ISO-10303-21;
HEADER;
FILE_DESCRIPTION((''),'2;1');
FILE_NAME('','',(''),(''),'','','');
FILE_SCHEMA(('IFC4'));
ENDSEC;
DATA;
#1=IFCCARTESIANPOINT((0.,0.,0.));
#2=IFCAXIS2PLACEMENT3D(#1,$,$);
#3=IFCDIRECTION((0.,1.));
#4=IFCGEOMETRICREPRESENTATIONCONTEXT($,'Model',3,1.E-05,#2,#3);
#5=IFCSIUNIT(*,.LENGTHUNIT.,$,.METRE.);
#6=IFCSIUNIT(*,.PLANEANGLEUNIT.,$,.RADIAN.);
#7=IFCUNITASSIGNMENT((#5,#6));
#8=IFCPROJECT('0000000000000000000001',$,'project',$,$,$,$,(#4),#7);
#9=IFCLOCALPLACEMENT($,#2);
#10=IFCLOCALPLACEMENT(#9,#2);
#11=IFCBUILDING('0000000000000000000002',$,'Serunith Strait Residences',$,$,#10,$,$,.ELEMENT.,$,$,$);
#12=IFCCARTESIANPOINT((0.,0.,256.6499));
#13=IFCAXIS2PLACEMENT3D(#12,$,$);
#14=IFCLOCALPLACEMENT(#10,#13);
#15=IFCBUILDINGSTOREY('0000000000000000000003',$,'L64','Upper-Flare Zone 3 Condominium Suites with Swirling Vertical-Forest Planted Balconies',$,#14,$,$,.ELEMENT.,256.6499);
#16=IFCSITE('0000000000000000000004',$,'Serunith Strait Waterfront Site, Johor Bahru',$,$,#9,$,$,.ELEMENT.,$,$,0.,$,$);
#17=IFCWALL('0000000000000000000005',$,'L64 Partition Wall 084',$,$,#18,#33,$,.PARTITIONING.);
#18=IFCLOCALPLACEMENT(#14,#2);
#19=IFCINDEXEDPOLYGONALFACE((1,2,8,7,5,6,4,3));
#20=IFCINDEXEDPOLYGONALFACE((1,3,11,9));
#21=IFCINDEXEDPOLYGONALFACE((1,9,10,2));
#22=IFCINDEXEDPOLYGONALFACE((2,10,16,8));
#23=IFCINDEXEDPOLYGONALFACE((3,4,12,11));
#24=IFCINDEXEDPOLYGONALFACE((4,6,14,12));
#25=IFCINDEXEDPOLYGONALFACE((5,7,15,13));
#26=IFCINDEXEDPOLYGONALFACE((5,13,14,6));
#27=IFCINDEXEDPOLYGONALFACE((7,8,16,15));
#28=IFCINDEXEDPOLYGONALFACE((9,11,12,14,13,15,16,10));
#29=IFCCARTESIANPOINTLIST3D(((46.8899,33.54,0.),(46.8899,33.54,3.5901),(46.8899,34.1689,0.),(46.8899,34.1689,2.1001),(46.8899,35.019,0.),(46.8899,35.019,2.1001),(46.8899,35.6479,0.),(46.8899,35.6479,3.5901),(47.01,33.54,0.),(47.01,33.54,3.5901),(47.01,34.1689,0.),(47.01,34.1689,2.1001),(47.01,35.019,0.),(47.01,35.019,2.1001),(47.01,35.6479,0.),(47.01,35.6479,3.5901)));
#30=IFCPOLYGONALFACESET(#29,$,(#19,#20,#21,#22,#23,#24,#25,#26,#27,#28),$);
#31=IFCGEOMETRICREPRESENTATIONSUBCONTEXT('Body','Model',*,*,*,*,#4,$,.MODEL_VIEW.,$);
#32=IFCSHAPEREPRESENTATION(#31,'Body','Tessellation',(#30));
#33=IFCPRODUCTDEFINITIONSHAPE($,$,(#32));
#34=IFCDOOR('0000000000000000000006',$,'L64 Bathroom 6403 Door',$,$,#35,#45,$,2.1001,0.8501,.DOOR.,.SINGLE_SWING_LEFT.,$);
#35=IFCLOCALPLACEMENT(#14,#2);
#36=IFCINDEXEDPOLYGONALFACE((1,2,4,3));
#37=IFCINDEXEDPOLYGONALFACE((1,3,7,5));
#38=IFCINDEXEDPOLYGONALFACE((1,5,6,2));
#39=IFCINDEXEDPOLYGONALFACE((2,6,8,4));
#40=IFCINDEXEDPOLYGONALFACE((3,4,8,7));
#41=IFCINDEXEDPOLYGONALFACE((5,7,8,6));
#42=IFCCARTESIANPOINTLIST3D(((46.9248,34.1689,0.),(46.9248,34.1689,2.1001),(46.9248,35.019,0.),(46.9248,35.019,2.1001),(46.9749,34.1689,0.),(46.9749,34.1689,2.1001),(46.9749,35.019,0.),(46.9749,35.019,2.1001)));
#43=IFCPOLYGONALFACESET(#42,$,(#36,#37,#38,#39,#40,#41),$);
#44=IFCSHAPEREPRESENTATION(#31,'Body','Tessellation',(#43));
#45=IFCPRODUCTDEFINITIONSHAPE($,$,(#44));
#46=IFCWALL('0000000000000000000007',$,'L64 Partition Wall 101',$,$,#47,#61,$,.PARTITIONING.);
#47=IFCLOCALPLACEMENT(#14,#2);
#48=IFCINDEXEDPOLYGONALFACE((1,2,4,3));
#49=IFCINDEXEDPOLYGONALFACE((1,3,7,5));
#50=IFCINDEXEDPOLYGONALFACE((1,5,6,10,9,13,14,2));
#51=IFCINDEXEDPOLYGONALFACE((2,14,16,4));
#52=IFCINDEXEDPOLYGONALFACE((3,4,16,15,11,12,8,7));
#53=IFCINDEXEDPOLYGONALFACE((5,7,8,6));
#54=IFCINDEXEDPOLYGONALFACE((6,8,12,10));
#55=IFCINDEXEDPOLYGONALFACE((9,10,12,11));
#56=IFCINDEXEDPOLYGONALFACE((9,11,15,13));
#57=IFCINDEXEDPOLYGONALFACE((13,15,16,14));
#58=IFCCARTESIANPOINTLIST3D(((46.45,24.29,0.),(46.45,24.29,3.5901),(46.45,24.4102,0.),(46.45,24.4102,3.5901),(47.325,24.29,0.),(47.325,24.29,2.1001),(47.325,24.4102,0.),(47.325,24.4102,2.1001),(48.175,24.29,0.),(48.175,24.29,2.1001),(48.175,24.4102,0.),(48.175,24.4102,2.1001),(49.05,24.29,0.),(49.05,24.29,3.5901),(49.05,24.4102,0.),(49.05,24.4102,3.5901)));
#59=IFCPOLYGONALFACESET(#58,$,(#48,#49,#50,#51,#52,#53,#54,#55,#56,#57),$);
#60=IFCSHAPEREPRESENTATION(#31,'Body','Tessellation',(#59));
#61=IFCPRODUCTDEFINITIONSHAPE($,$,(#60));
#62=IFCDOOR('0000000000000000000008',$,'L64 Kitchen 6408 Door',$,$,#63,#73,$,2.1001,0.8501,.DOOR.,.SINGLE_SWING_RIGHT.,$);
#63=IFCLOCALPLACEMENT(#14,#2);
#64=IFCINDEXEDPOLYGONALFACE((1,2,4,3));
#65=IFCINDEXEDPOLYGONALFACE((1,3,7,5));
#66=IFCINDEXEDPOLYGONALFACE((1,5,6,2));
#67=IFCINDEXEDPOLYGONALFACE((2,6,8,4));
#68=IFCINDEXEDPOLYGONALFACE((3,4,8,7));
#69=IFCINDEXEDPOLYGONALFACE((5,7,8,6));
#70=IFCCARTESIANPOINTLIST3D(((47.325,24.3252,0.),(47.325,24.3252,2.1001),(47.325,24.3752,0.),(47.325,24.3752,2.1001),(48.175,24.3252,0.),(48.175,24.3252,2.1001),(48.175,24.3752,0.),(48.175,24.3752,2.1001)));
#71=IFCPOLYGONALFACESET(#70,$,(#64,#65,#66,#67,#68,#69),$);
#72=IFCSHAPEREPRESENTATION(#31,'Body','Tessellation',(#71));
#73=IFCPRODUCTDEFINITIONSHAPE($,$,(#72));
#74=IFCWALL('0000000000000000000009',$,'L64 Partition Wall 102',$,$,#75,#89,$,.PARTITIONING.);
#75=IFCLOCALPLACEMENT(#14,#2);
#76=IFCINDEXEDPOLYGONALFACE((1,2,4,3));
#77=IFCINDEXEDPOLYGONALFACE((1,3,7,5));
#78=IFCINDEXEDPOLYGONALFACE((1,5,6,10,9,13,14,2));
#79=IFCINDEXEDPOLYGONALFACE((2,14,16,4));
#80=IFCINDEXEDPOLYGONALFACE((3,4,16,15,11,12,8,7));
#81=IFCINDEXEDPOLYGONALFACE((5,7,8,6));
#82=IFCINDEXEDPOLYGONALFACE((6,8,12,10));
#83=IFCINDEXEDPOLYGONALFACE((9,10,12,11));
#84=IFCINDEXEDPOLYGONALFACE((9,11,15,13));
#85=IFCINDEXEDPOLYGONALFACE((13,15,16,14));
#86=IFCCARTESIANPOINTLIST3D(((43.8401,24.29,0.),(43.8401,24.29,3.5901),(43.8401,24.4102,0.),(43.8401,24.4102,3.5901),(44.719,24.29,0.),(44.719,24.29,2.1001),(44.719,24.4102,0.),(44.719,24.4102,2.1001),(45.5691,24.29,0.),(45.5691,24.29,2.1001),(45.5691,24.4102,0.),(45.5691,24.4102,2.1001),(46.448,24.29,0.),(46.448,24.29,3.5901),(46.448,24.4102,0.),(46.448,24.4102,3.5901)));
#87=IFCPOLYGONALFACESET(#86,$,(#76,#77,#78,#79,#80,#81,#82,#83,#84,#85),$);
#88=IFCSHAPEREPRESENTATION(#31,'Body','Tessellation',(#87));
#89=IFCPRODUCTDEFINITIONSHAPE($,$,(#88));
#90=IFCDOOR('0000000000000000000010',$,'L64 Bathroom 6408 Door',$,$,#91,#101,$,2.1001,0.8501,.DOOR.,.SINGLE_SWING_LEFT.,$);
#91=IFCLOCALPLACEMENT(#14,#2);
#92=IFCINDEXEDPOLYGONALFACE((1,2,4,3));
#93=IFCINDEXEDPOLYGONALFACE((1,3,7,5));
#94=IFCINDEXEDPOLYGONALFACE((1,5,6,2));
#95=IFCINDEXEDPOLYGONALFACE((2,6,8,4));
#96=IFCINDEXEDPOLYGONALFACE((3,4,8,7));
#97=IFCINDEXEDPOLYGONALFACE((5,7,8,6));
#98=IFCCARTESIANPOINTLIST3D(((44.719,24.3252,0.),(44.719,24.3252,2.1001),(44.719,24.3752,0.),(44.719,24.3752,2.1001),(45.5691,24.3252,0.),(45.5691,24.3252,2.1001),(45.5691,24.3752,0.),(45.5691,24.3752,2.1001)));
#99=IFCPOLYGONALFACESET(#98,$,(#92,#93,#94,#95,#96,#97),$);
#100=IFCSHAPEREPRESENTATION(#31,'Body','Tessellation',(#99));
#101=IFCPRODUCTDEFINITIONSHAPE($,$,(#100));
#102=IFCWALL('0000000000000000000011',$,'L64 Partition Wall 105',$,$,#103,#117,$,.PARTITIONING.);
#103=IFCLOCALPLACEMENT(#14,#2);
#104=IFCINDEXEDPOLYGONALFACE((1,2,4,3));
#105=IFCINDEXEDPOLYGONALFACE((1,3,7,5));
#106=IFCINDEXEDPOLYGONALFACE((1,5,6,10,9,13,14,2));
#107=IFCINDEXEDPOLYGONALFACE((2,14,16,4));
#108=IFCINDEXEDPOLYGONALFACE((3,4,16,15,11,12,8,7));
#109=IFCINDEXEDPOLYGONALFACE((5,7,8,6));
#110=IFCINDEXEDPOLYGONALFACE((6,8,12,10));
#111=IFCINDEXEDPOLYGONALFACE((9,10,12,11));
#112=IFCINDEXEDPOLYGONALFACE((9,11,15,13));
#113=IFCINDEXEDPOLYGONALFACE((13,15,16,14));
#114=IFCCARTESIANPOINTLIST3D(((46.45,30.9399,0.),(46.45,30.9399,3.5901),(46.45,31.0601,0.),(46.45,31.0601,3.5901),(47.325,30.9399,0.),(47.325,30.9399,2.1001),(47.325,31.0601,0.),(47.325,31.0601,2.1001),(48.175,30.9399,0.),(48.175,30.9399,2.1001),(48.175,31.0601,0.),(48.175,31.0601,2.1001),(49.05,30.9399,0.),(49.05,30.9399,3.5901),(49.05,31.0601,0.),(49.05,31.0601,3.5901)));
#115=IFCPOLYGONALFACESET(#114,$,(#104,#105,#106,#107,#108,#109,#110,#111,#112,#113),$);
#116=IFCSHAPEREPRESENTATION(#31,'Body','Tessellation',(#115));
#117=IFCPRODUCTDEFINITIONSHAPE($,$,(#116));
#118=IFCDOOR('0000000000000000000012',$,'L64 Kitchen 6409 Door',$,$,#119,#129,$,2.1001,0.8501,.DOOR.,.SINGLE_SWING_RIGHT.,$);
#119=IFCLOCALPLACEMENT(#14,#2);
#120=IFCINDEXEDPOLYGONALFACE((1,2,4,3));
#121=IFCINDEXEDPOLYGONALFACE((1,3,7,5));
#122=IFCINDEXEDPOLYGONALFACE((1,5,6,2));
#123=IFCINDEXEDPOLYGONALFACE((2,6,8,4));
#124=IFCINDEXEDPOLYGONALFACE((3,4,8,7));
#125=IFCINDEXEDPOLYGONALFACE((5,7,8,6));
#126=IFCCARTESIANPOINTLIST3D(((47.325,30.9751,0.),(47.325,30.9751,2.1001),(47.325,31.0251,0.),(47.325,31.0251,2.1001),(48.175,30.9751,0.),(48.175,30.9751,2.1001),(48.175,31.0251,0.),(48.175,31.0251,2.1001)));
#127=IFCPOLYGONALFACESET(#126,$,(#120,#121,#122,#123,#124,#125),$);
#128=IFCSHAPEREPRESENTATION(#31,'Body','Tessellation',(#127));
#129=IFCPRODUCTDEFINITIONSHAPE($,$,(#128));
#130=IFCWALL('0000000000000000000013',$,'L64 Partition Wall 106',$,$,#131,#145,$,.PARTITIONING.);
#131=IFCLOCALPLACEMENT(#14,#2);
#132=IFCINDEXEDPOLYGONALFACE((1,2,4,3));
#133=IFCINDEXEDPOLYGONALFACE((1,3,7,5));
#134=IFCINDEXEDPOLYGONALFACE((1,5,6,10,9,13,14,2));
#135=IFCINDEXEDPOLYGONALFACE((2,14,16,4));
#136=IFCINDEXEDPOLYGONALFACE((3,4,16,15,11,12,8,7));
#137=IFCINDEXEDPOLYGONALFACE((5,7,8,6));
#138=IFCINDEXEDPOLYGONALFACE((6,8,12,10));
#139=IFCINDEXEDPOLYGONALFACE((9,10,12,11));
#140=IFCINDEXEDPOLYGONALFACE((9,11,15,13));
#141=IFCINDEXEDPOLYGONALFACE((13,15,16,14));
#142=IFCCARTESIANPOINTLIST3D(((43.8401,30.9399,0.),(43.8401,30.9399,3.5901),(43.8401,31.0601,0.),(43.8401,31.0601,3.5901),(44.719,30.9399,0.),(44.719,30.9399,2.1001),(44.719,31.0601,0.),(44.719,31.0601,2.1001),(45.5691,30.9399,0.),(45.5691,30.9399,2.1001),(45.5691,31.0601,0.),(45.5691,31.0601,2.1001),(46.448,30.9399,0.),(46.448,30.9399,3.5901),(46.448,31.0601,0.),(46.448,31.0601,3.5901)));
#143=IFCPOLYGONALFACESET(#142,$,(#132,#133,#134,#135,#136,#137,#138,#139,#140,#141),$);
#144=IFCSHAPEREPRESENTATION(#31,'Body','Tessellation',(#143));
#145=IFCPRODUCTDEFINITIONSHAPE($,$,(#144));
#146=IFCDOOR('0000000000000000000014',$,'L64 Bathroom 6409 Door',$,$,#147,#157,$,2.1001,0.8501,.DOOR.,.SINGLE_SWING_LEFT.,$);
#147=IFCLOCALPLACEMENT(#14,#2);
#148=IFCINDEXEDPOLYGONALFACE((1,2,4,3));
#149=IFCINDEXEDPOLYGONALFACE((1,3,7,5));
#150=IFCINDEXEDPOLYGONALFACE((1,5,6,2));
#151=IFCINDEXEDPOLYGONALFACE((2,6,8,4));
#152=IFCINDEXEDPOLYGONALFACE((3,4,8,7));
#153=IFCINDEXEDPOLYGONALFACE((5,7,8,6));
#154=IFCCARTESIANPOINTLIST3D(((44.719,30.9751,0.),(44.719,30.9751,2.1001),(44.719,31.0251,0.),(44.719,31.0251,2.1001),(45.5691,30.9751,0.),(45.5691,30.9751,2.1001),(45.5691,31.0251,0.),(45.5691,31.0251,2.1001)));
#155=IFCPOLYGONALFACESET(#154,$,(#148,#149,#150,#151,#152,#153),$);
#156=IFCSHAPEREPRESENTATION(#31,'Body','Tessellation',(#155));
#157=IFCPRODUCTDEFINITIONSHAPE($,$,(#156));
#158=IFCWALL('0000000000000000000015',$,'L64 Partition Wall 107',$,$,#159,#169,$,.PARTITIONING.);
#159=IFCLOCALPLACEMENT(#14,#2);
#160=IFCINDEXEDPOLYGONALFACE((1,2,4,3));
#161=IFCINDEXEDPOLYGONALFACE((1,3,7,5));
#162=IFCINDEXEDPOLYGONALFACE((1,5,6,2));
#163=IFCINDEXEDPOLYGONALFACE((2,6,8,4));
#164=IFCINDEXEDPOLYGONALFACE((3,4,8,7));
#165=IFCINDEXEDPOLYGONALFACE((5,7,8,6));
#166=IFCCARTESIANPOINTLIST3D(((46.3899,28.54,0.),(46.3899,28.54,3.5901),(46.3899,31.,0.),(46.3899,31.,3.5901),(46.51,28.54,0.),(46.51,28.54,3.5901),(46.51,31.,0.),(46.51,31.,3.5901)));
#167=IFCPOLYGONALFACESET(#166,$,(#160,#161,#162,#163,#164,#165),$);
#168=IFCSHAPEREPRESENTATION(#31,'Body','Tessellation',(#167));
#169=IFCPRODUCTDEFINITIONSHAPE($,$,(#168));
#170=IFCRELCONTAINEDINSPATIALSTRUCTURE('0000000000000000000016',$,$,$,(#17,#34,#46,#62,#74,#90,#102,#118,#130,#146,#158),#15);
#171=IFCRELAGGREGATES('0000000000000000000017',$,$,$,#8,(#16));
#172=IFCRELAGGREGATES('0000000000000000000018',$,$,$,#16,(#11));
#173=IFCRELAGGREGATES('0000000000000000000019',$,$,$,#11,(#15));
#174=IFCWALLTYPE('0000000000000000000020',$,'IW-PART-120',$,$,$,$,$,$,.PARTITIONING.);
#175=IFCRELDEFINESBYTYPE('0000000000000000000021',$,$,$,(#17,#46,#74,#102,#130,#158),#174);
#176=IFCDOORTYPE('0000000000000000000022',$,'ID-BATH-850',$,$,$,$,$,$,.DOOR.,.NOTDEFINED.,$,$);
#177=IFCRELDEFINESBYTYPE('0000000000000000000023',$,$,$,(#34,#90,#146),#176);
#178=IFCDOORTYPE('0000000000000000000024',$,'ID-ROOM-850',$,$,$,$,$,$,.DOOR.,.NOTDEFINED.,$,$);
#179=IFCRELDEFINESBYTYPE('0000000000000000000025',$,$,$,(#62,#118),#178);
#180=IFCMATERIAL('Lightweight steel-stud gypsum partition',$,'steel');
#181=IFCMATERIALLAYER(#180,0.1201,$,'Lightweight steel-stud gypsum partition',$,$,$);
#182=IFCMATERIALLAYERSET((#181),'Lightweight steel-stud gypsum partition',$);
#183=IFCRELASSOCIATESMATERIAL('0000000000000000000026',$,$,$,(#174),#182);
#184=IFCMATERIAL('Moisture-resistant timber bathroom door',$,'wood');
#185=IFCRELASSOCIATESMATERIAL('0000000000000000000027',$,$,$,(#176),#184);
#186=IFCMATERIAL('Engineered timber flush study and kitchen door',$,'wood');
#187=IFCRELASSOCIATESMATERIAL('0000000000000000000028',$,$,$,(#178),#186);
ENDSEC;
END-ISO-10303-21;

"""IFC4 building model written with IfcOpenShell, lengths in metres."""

from ifc_helpers import new_model, si_unit, direction, frame, frame_2d, origin, place, context, subcontext, project, spatial, rectangle, extrude, source, transform, mapped, material, layer, layer_set, type_object, element, fill, save


model = new_model("IFC4")

# Units and contexts
model_context = context("Model", 3, precision=1e-05, world=origin(), true_north=direction((0.0, 1.0)))
body_context = subcontext(model_context, "Body", "Model", "MODEL_VIEW")
ifc_project = project(units=[si_unit("LENGTHUNIT", "METRE"), si_unit("PLANEANGLEUNIT", "RADIAN")], contexts=[model_context])

# Site, building, storey
site_placement = place(None, origin())
site = spatial("IfcSite", under=ifc_project, at=site_placement, Name="Serunith Strait Waterfront Site, Johor Bahru", CompositionType="ELEMENT", RefElevation=0.0)
building_placement = place(site_placement, origin())
building = spatial("IfcBuilding", under=site, at=building_placement, Name="Serunith Strait Residences", CompositionType="ELEMENT")
storey_placement = place(building_placement, frame((0.0, 0.0, 256.6499)))
storey = spatial("IfcBuildingStorey", under=building, at=storey_placement, Name="L64", Description="Upper-Flare Zone 3 Condominium Suites with Swirling Vertical-Forest Planted Balconies", CompositionType="ELEMENT", Elevation=256.6499)

# Shared definitions
ifc_material_1 = material(Name="Lightweight steel-stud gypsum partition", Category="steel")
ifc_layer_1 = layer(ifc_material_1, 0.1201, Name="Lightweight steel-stud gypsum partition")
ifc_layer_set_1 = layer_set([ifc_layer_1], Name="Lightweight steel-stud gypsum partition")
wall_type_1 = type_object("IfcWallType", Name="IW-PART-120", PredefinedType="PARTITIONING", material=ifc_layer_set_1)

# Walls, openings, doors
wall_1_placement = place(storey_placement, frame((46.95, 35.6479, 0.0), z_axis=(0.0, 0.0, 1.0), x_axis=(0.0, -1.0, 0.0)))
wall_1 = element("IfcWall", 1, at=wall_1_placement, inside=storey, type_object=wall_type_1, Name="L64 Partition Wall 084", PredefinedType="PARTITIONING", context=body_context, shape_type="SweptSolid", body=[
    extrude(rectangle(XDim=2.1079, YDim=0.1201, at=frame_2d((1.054, 0.0))), origin(), (0.0, 0.0, 1.0), 3.5901),
])
opening_1_placement = place(wall_1_placement, frame((0.6289, 0.0, 0.0)))
opening_1 = element("IfcOpeningElement", 2, at=opening_1_placement, cuts=wall_1, PredefinedType="OPENING", context=body_context, shape_type="SweptSolid", body=[
    extrude(rectangle(XDim=0.8501, YDim=2.1001, at=frame_2d((0.425, 1.05))), frame((0.0, 0.0701, 0.0), z_axis=(0.0, -1.0, 0.0), x_axis=(1.0, 0.0, 0.0)), (0.0, 0.0, 1.0), 0.1401),
])
ifc_material_2 = material(Name="Moisture-resistant timber bathroom door", Category="wood")
door_type_1 = type_object("IfcDoorType", Name="ID-BATH-850", OperationType="NOTDEFINED", PredefinedType="DOOR", material=ifc_material_2)
shared_shape_1 = source(origin(), body_context, "Body", "SweptSolid", [
    extrude(rectangle(XDim=0.8501, YDim=2.1001, at=frame_2d((0.425, 1.05))), frame((0.0, 0.0249, 0.0), z_axis=(0.0, -1.0, 0.0), x_axis=(1.0, 0.0, 0.0)), (0.0, 0.0, 1.0), 0.05),
])
door_1_placement = place(opening_1_placement, origin())
door_1 = element("IfcDoor", 3, at=door_1_placement, inside=storey, type_object=door_type_1, Name="L64 Bathroom 6403 Door", OperationType="SINGLE_SWING_LEFT", OverallHeight=2.1001, OverallWidth=0.8501, PredefinedType="DOOR", context=body_context, shape_type="MappedRepresentation", body=[
    mapped(shared_shape_1, transform((0.0, 0.0, 0.0), scale=1.0)),
])
fill(opening_1, door_1)
wall_2_placement = place(storey_placement, frame((49.05, 24.3501, 0.0), z_axis=(0.0, 0.0, 1.0), x_axis=(-1.0, 0.0, 0.0)))
wall_2 = element("IfcWall", 4, at=wall_2_placement, inside=storey, type_object=wall_type_1, Name="L64 Partition Wall 101", PredefinedType="PARTITIONING", context=body_context, shape_type="SweptSolid", body=[
    extrude(rectangle(XDim=2.6001, YDim=0.1201, at=frame_2d((1.3, 0.0))), origin(), (0.0, 0.0, 1.0), 3.5901),
])
opening_2_placement = place(wall_2_placement, frame((0.875, 0.0, 0.0)))
opening_2 = element("IfcOpeningElement", 5, at=opening_2_placement, cuts=wall_2, PredefinedType="OPENING", context=body_context, shape_type="SweptSolid", body=[
    extrude(rectangle(XDim=0.8501, YDim=2.1001, at=frame_2d((0.425, 1.05))), frame((0.0, 0.0701, 0.0), z_axis=(0.0, -1.0, 0.0), x_axis=(1.0, 0.0, 0.0)), (0.0, 0.0, 1.0), 0.1401),
])
ifc_material_3 = material(Name="Engineered timber flush study and kitchen door", Category="wood")
door_type_2 = type_object("IfcDoorType", Name="ID-ROOM-850", OperationType="NOTDEFINED", PredefinedType="DOOR", material=ifc_material_3)
door_2_placement = place(opening_2_placement, origin())
door_2 = element("IfcDoor", 6, at=door_2_placement, inside=storey, type_object=door_type_2, Name="L64 Kitchen 6408 Door", OperationType="SINGLE_SWING_RIGHT", OverallHeight=2.1001, OverallWidth=0.8501, PredefinedType="DOOR", context=body_context, shape_type="MappedRepresentation", body=[
    mapped(shared_shape_1, transform((0.0, 0.0, 0.0), scale=1.0)),
])
fill(opening_2, door_2)
wall_3_placement = place(storey_placement, frame((46.448, 24.3501, 0.0), z_axis=(0.0, 0.0, 1.0), x_axis=(-1.0, 0.0, 0.0)))
wall_3 = element("IfcWall", 7, at=wall_3_placement, inside=storey, type_object=wall_type_1, Name="L64 Partition Wall 102", PredefinedType="PARTITIONING", context=body_context, shape_type="SweptSolid", body=[
    extrude(rectangle(XDim=2.6079, YDim=0.1201, at=frame_2d((1.304, 0.0))), origin(), (0.0, 0.0, 1.0), 3.5901),
])
opening_3_placement = place(wall_3_placement, frame((0.8789, 0.0, 0.0)))
opening_3 = element("IfcOpeningElement", 8, at=opening_3_placement, cuts=wall_3, PredefinedType="OPENING", context=body_context, shape_type="SweptSolid", body=[
    extrude(rectangle(XDim=0.8501, YDim=2.1001, at=frame_2d((0.425, 1.05))), frame((0.0, 0.0701, 0.0), z_axis=(0.0, -1.0, 0.0), x_axis=(1.0, 0.0, 0.0)), (0.0, 0.0, 1.0), 0.1401),
])
door_3_placement = place(opening_3_placement, origin())
door_3 = element("IfcDoor", 9, at=door_3_placement, inside=storey, type_object=door_type_1, Name="L64 Bathroom 6408 Door", OperationType="SINGLE_SWING_LEFT", OverallHeight=2.1001, OverallWidth=0.8501, PredefinedType="DOOR", context=body_context, shape_type="MappedRepresentation", body=[
    mapped(shared_shape_1, transform((0.0, 0.0, 0.0), scale=1.0)),
])
fill(opening_3, door_3)
wall_4_placement = place(storey_placement, frame((49.05, 31.0, 0.0), z_axis=(0.0, 0.0, 1.0), x_axis=(-1.0, 0.0, 0.0)))
wall_4 = element("IfcWall", 10, at=wall_4_placement, inside=storey, type_object=wall_type_1, Name="L64 Partition Wall 105", PredefinedType="PARTITIONING", context=body_context, shape_type="SweptSolid", body=[
    extrude(rectangle(XDim=2.6001, YDim=0.1201, at=frame_2d((1.3, 0.0))), origin(), (0.0, 0.0, 1.0), 3.5901),
])
opening_4_placement = place(wall_4_placement, frame((0.875, 0.0, 0.0)))
opening_4 = element("IfcOpeningElement", 11, at=opening_4_placement, cuts=wall_4, PredefinedType="OPENING", context=body_context, shape_type="SweptSolid", body=[
    extrude(rectangle(XDim=0.8501, YDim=2.1001, at=frame_2d((0.425, 1.05))), frame((0.0, 0.0701, 0.0), z_axis=(0.0, -1.0, 0.0), x_axis=(1.0, 0.0, 0.0)), (0.0, 0.0, 1.0), 0.1401),
])
door_4_placement = place(opening_4_placement, origin())
door_4 = element("IfcDoor", 12, at=door_4_placement, inside=storey, type_object=door_type_2, Name="L64 Kitchen 6409 Door", OperationType="SINGLE_SWING_RIGHT", OverallHeight=2.1001, OverallWidth=0.8501, PredefinedType="DOOR", context=body_context, shape_type="MappedRepresentation", body=[
    mapped(shared_shape_1, transform((0.0, 0.0, 0.0), scale=1.0)),
])
fill(opening_4, door_4)
wall_5_placement = place(storey_placement, frame((46.448, 31.0, 0.0), z_axis=(0.0, 0.0, 1.0), x_axis=(-1.0, 0.0, 0.0)))
wall_5 = element("IfcWall", 13, at=wall_5_placement, inside=storey, type_object=wall_type_1, Name="L64 Partition Wall 106", PredefinedType="PARTITIONING", context=body_context, shape_type="SweptSolid", body=[
    extrude(rectangle(XDim=2.6079, YDim=0.1201, at=frame_2d((1.304, 0.0))), origin(), (0.0, 0.0, 1.0), 3.5901),
])
opening_5_placement = place(wall_5_placement, frame((0.8789, 0.0, 0.0)))
opening_5 = element("IfcOpeningElement", 14, at=opening_5_placement, cuts=wall_5, PredefinedType="OPENING", context=body_context, shape_type="SweptSolid", body=[
    extrude(rectangle(XDim=0.8501, YDim=2.1001, at=frame_2d((0.425, 1.05))), frame((0.0, 0.0701, 0.0), z_axis=(0.0, -1.0, 0.0), x_axis=(1.0, 0.0, 0.0)), (0.0, 0.0, 1.0), 0.1401),
])
door_5_placement = place(opening_5_placement, origin())
door_5 = element("IfcDoor", 15, at=door_5_placement, inside=storey, type_object=door_type_1, Name="L64 Bathroom 6409 Door", OperationType="SINGLE_SWING_LEFT", OverallHeight=2.1001, OverallWidth=0.8501, PredefinedType="DOOR", context=body_context, shape_type="MappedRepresentation", body=[
    mapped(shared_shape_1, transform((0.0, 0.0, 0.0), scale=1.0)),
])
fill(opening_5, door_5)

# Wall
for number, where, z_axis, x_axis, name in (
    (16, (46.45, 28.54, 0.0), (0.0, 0.0, 1.0), (0.0, 1.0, 0.0), "L64 Partition Wall 107"),
):
    element("IfcWall", number, at=place(storey_placement, frame(where, z_axis=z_axis, x_axis=x_axis)), inside=storey, type_object=wall_type_1, Name=name, PredefinedType="PARTITIONING", context=body_context, shape_type="SweptSolid", body=[
        extrude(rectangle(XDim=2.46, YDim=0.1201, at=frame_2d((1.23, 0.0))), origin(), (0.0, 0.0, 1.0), 3.5901),
    ])

save(model, "model.ifc")
